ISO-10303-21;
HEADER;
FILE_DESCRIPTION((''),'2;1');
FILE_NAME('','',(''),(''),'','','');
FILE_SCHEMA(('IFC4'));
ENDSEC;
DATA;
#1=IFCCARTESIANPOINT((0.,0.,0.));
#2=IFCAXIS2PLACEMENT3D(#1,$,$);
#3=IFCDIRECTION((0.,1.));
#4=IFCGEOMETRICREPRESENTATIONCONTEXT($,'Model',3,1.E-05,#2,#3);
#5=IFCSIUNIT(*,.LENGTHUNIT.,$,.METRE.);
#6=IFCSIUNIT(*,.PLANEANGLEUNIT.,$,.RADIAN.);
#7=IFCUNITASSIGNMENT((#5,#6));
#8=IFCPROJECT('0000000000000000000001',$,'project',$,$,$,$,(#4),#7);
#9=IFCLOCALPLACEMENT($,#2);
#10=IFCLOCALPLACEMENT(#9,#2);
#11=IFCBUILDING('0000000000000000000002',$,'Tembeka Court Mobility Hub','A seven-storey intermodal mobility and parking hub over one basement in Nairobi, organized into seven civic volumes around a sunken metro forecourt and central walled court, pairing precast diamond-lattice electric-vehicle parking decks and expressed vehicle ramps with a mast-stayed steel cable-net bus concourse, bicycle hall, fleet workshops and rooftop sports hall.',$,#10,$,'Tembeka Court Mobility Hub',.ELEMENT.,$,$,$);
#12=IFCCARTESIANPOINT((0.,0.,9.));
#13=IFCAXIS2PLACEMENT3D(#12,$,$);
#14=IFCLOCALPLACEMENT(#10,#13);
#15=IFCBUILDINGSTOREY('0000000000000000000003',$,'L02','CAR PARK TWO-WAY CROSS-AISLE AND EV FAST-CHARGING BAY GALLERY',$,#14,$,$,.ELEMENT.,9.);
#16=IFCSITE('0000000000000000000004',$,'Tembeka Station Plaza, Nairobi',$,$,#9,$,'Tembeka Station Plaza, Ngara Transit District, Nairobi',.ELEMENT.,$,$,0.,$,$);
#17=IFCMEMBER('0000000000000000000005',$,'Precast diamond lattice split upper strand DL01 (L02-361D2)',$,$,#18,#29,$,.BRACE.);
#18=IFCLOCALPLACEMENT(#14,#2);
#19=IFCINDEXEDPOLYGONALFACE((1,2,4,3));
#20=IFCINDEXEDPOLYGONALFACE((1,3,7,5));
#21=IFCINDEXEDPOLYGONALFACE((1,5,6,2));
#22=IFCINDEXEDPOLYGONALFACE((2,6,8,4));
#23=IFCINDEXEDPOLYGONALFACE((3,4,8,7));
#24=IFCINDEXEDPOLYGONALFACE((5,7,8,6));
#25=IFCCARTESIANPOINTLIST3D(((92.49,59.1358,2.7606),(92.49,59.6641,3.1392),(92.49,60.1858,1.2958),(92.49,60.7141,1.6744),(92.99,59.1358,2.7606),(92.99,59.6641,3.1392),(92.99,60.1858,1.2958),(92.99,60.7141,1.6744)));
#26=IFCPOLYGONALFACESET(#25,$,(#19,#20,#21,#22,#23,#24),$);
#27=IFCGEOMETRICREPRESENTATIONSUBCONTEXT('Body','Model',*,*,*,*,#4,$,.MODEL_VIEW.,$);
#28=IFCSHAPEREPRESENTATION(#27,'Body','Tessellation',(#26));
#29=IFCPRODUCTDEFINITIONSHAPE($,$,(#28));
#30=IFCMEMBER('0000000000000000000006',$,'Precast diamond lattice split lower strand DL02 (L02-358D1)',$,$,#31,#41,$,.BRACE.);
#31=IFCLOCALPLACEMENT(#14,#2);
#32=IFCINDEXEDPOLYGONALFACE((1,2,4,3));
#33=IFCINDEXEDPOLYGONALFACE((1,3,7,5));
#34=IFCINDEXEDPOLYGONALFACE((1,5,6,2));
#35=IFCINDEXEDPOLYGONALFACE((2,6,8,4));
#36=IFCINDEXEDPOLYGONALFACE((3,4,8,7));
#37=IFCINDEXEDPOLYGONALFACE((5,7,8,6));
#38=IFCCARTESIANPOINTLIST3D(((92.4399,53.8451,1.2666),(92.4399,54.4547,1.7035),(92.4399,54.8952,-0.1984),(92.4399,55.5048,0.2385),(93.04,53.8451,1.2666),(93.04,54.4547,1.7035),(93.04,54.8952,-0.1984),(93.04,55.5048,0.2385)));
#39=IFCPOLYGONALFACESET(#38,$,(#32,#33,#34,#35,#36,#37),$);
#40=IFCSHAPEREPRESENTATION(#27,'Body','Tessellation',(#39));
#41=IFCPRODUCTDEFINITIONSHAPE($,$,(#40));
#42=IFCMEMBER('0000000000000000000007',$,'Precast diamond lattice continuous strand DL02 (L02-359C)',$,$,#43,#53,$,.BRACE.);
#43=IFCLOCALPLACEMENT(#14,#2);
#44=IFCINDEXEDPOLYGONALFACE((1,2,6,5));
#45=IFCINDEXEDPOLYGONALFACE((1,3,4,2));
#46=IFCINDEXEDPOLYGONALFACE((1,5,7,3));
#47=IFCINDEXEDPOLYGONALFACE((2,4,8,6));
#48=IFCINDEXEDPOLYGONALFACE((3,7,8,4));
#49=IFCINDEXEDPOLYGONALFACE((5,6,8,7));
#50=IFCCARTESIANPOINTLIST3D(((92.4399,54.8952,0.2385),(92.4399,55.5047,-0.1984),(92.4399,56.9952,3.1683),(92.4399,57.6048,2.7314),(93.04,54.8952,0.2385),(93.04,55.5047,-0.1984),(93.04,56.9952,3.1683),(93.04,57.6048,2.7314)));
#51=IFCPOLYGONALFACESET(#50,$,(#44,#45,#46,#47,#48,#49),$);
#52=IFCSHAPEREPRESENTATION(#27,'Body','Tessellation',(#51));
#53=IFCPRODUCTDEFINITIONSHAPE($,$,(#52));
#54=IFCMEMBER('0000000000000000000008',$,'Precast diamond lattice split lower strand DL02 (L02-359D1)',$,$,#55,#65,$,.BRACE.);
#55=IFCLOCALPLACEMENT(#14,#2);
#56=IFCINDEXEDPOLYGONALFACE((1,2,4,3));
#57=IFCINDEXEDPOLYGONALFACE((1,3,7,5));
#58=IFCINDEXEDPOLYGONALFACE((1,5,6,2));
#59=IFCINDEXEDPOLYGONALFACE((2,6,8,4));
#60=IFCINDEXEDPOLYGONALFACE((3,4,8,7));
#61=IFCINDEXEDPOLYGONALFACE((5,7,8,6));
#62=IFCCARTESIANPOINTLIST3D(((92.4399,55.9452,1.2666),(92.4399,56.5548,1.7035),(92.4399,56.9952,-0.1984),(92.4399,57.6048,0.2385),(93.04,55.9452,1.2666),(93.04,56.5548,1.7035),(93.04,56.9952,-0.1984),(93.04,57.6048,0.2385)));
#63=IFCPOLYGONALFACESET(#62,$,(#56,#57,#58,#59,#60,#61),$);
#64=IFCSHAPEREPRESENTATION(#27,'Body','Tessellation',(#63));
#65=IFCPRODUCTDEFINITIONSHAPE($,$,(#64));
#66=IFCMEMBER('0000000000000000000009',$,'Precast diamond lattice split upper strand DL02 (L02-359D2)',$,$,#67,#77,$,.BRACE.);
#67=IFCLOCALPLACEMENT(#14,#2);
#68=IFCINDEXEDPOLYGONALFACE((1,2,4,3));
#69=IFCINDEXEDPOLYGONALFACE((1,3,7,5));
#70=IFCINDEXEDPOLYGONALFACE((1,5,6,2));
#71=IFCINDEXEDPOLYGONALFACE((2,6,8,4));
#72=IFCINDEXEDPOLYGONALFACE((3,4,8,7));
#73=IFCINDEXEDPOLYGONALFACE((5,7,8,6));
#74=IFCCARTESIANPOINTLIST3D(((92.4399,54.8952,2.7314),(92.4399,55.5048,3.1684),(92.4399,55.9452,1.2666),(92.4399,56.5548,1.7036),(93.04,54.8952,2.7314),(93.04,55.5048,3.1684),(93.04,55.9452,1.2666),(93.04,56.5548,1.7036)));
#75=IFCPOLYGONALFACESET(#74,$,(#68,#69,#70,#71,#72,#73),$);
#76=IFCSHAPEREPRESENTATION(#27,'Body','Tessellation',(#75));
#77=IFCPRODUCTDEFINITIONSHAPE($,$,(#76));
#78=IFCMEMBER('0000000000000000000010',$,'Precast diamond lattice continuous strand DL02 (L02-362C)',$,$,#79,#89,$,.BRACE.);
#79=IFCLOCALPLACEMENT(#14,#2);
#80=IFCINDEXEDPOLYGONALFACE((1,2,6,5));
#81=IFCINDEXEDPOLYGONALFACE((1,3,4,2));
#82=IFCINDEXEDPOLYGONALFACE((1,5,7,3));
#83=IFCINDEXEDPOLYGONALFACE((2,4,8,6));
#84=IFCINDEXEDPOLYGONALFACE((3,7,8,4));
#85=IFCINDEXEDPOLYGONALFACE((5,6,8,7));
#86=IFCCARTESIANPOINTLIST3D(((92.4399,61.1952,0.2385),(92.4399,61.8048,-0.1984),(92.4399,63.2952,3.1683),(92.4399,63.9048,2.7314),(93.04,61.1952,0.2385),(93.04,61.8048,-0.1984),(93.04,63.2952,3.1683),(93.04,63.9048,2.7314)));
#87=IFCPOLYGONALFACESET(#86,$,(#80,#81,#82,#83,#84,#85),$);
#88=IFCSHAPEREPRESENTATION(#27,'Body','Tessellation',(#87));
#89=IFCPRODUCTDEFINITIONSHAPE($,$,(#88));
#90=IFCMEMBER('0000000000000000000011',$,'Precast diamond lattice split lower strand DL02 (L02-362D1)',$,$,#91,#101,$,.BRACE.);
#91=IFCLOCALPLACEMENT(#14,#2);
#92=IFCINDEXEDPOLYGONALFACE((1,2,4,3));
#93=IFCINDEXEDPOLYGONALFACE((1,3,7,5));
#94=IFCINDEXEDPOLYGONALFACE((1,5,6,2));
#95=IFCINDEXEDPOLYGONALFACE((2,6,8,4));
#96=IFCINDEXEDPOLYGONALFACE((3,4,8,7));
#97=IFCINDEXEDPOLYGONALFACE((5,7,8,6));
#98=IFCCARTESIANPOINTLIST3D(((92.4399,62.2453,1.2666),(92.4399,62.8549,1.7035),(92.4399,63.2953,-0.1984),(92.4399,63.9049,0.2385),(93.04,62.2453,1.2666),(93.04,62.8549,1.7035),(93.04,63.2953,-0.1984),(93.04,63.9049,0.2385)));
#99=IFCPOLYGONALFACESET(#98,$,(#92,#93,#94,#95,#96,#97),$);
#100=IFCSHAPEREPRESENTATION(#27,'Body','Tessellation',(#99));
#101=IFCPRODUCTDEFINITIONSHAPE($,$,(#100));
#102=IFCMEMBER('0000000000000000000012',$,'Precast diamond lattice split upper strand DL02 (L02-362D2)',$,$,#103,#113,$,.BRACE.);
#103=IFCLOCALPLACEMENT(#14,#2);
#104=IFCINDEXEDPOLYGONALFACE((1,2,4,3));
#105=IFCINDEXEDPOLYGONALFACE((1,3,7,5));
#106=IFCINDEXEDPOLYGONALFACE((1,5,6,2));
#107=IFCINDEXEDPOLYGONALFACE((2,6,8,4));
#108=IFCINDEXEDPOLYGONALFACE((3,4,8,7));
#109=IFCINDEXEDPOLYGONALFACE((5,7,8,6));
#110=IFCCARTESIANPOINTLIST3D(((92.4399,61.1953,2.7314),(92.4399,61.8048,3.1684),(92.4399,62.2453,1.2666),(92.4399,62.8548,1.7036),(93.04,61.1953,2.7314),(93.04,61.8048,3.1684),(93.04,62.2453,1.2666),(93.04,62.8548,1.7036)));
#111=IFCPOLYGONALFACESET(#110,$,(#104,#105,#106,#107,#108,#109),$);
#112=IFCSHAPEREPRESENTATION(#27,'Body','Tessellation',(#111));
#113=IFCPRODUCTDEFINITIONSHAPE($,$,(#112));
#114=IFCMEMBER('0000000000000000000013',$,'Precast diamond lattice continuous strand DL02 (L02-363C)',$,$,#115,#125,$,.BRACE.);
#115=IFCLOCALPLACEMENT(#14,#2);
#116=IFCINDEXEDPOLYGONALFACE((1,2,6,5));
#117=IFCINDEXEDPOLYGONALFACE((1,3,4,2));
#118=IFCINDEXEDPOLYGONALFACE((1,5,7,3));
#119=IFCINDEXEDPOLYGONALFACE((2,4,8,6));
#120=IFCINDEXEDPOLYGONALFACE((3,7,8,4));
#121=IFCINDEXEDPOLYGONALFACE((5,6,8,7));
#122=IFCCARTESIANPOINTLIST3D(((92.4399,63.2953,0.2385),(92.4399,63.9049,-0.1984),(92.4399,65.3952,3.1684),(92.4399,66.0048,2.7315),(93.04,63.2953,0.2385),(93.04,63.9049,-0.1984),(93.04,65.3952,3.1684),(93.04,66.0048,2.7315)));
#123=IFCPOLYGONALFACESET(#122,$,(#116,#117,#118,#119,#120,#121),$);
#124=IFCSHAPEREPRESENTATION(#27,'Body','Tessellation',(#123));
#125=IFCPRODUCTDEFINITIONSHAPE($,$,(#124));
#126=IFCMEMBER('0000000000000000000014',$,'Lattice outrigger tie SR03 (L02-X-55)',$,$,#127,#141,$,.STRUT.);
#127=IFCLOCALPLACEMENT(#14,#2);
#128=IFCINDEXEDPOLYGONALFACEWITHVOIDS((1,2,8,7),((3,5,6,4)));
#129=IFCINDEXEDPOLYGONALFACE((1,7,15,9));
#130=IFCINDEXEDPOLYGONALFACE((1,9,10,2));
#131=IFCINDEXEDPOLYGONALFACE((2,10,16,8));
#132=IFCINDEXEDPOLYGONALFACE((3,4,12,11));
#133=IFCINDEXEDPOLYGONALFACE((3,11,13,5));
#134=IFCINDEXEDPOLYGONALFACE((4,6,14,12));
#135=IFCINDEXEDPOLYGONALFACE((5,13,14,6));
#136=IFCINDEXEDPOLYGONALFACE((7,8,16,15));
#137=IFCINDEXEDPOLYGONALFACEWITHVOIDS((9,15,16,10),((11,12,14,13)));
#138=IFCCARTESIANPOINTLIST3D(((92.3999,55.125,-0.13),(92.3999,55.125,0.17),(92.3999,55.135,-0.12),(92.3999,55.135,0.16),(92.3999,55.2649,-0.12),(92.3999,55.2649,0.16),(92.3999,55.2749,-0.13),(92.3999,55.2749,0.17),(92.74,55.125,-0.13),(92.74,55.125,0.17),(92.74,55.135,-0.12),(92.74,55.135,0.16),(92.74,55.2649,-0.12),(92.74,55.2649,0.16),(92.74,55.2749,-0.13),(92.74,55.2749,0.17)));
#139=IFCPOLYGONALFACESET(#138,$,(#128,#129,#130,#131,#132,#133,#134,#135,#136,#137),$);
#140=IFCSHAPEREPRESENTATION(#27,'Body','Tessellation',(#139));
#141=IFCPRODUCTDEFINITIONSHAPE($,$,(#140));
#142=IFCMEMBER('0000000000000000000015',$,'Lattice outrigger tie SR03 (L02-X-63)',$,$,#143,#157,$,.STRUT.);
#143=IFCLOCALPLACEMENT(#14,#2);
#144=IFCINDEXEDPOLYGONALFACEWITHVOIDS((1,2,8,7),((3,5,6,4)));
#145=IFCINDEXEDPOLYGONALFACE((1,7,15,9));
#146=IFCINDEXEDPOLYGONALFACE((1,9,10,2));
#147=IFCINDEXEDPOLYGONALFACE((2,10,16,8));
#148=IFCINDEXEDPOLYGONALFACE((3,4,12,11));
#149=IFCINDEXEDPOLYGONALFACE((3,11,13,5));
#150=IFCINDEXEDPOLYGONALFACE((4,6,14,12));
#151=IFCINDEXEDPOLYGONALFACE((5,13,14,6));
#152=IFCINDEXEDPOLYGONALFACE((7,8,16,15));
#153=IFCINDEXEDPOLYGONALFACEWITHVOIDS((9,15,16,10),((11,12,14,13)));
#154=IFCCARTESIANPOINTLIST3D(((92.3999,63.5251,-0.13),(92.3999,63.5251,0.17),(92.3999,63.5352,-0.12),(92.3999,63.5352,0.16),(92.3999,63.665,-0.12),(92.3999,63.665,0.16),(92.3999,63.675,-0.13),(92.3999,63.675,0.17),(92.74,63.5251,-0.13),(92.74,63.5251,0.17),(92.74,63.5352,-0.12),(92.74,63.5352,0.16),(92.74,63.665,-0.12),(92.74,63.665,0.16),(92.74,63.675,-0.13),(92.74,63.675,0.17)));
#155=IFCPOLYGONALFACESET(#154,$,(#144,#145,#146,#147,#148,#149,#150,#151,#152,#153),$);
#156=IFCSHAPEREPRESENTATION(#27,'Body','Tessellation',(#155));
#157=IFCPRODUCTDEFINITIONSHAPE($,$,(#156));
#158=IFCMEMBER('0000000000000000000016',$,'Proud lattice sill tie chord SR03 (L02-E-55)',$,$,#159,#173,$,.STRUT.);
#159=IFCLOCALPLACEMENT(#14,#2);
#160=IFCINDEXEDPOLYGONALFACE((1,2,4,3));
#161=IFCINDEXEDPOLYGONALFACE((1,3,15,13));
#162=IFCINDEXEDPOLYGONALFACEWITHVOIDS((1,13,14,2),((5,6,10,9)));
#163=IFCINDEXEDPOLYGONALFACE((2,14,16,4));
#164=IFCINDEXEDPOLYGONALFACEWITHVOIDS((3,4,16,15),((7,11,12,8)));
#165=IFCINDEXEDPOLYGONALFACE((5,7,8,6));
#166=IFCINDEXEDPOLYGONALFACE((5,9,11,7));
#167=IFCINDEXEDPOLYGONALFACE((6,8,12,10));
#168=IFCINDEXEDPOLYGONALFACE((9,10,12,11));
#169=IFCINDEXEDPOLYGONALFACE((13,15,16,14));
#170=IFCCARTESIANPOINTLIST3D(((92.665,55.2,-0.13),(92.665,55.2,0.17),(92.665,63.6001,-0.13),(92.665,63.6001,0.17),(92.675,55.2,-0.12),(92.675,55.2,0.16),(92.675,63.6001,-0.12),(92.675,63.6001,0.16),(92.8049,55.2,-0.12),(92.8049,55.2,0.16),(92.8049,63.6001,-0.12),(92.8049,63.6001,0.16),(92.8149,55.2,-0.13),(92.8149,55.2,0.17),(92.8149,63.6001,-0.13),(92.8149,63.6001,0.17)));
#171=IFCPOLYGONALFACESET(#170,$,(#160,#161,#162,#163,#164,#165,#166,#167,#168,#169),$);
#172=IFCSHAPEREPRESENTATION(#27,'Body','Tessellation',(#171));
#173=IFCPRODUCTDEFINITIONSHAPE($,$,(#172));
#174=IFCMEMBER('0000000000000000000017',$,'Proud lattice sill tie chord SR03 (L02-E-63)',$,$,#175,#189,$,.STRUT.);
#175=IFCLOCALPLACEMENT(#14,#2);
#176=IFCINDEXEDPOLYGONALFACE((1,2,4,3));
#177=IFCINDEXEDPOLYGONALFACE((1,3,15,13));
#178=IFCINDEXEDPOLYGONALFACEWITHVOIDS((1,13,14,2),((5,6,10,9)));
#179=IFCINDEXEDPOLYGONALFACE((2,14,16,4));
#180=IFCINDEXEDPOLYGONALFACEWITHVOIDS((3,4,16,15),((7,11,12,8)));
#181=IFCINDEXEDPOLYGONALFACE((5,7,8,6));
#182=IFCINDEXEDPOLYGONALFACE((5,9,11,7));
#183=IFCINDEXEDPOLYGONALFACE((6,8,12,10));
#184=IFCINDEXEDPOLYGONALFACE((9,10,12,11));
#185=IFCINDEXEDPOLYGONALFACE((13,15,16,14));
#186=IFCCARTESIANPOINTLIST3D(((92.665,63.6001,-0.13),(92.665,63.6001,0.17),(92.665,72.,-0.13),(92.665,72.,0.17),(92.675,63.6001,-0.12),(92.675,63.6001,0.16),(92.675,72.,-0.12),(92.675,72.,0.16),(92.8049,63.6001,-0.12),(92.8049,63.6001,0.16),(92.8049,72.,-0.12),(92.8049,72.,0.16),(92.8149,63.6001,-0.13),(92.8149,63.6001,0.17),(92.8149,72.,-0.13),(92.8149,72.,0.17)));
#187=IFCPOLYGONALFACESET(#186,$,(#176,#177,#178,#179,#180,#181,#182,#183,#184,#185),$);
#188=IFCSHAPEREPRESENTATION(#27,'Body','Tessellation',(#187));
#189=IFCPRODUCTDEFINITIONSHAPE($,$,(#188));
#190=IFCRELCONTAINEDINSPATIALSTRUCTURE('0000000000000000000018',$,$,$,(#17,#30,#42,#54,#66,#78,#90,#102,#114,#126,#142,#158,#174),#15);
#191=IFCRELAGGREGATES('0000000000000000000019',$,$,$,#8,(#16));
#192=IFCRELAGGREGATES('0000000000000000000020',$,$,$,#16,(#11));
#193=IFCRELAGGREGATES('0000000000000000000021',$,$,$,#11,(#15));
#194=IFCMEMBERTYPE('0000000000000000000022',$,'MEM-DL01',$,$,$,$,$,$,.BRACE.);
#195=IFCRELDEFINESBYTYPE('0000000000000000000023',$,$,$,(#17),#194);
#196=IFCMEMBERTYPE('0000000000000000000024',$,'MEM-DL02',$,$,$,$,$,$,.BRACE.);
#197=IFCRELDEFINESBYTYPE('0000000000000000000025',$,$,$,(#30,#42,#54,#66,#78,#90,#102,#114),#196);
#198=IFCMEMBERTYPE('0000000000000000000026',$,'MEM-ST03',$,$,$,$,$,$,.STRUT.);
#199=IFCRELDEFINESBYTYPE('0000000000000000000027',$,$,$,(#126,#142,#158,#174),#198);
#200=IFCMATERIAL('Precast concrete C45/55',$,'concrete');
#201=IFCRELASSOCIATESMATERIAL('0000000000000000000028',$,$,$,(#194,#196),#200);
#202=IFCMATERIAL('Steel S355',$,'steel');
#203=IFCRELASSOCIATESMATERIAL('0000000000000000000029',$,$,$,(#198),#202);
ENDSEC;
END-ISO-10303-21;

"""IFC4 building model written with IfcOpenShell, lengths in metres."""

from ifc_helpers import new_model, si_unit, direction, frame, origin, origin_2d, place, context, subcontext, project, spatial, rectangle, hollow_rectangle, extrude, material, material_profile, profile_set, type_object, element, save


model = new_model("IFC4")

# Units and contexts
model_context = context("Model", 3, precision=1e-05, world=origin(), true_north=direction((0.0, 1.0)))
body_context = subcontext(model_context, "Body", "Model", "MODEL_VIEW")
ifc_project = project(units=[si_unit("LENGTHUNIT", "METRE"), si_unit("PLANEANGLEUNIT", "RADIAN")], contexts=[model_context])

# Site, building, storey
site_placement = place(None, origin())
site = spatial("IfcSite", under=ifc_project, at=site_placement, Name="Tembeka Station Plaza, Nairobi", LongName="Tembeka Station Plaza, Ngara Transit District, Nairobi", CompositionType="ELEMENT", RefElevation=0.0)
building_placement = place(site_placement, origin())
building = spatial("IfcBuilding", under=site, at=building_placement, Name="Tembeka Court Mobility Hub", Description="A seven-storey intermodal mobility and parking hub over one basement in Nairobi, organized into seven civic volumes around a sunken metro forecourt and central walled court, pairing precast diamond-lattice electric-vehicle parking decks and expressed vehicle ramps with a mast-stayed steel cable-net bus concourse, bicycle hall, fleet workshops and rooftop sports hall.", LongName="Tembeka Court Mobility Hub", CompositionType="ELEMENT")
storey_placement = place(building_placement, frame((0.0, 0.0, 9.0)))
storey = spatial("IfcBuildingStorey", under=building, at=storey_placement, Name="L02", Description="CAR PARK TWO-WAY CROSS-AISLE AND EV FAST-CHARGING BAY GALLERY", CompositionType="ELEMENT", Elevation=9.0)

# Shared definitions
ifc_material_1 = material(Name="Steel S355", Category="steel")

# Shared definitions
ifc_material_2 = material(Name="Precast concrete C45/55", Category="concrete")

# Members
ifc_material_profile_1 = material_profile(ifc_material_2, rectangle(XDim=0.5, YDim=0.6499, at=origin_2d()), Name="PC-DIAG 500x650")
ifc_profile_set_1 = profile_set([ifc_material_profile_1], Name="Precast concrete C45/55")
member_type_1 = type_object("IfcMemberType", Name="MEM-DL01", PredefinedType="BRACE", material=ifc_profile_set_1)
member_1_placement = place(storey_placement, frame((92.74, 60.45, 1.4851), z_axis=(0.0, -0.582608, 0.812753), x_axis=(1.0, 0.0, 0.0)))
element("IfcMember", 1, at=member_1_placement, inside=storey, type_object=member_type_1, Name="Precast diamond lattice split upper strand DL01 (L02-361D2)", PredefinedType="BRACE", context=body_context, shape_type="SweptSolid", body=[
    extrude(rectangle(XDim=0.5, YDim=0.6499, at=origin_2d()), origin(), (0.0, 0.0, 1.0), 1.8022),
])
ifc_material_profile_2 = material_profile(ifc_material_2, rectangle(XDim=0.6001, YDim=0.75, at=origin_2d()), Name="PC-DIAG 600x750")
ifc_profile_set_2 = profile_set([ifc_material_profile_2], Name="Precast concrete C45/55")
member_type_2 = type_object("IfcMemberType", Name="MEM-DL02", PredefinedType="BRACE", material=ifc_profile_set_2)
member_2_placement = place(storey_placement, frame((92.74, 55.2, 0.02), z_axis=(0.0, -0.582544, 0.812799), x_axis=(1.0, 0.0, 0.0)))
element("IfcMember", 2, at=member_2_placement, inside=storey, type_object=member_type_2, Name="Precast diamond lattice split lower strand DL02 (L02-358D1)", PredefinedType="BRACE", context=body_context, shape_type="SweptSolid", body=[
    extrude(rectangle(XDim=0.6001, YDim=0.75, at=origin_2d()), origin(), (0.0, 0.0, 1.0), 1.8025),
])
member_3_placement = place(storey_placement, frame((92.74, 55.2, 0.02), z_axis=(0.0, 0.582576, 0.812776), x_axis=(-1.0, 0.0, 0.0)))
element("IfcMember", 3, at=member_3_placement, inside=storey, type_object=member_type_2, Name="Precast diamond lattice continuous strand DL02 (L02-359C)", PredefinedType="BRACE", context=body_context, shape_type="SweptSolid", body=[
    extrude(rectangle(XDim=0.6001, YDim=0.75, at=origin_2d()), origin(), (0.0, 0.0, 1.0), 3.6047),
])
member_4_placement = place(storey_placement, frame((92.74, 57.3, 0.02), z_axis=(0.0, -0.582544, 0.812799), x_axis=(1.0, 0.0, 0.0)))
element("IfcMember", 4, at=member_4_placement, inside=storey, type_object=member_type_2, Name="Precast diamond lattice split lower strand DL02 (L02-359D1)", PredefinedType="BRACE", context=body_context, shape_type="SweptSolid", body=[
    extrude(rectangle(XDim=0.6001, YDim=0.75, at=origin_2d()), origin(), (0.0, 0.0, 1.0), 1.8025),
])
member_5_placement = place(storey_placement, frame((92.74, 56.25, 1.4851), z_axis=(0.0, -0.582608, 0.812753), x_axis=(1.0, 0.0, 0.0)))
element("IfcMember", 5, at=member_5_placement, inside=storey, type_object=member_type_2, Name="Precast diamond lattice split upper strand DL02 (L02-359D2)", PredefinedType="BRACE", context=body_context, shape_type="SweptSolid", body=[
    extrude(rectangle(XDim=0.6001, YDim=0.75, at=origin_2d()), origin(), (0.0, 0.0, 1.0), 1.8022),
])
member_6_placement = place(storey_placement, frame((92.74, 61.5, 0.02), z_axis=(0.0, 0.582576, 0.812776), x_axis=(-1.0, 0.0, 0.0)))
element("IfcMember", 6, at=member_6_placement, inside=storey, type_object=member_type_2, Name="Precast diamond lattice continuous strand DL02 (L02-362C)", PredefinedType="BRACE", context=body_context, shape_type="SweptSolid", body=[
    extrude(rectangle(XDim=0.6001, YDim=0.75, at=origin_2d()), origin(), (0.0, 0.0, 1.0), 3.6047),
])
member_7_placement = place(storey_placement, frame((92.74, 63.6001, 0.02), z_axis=(0.0, -0.582544, 0.812799), x_axis=(1.0, 0.0, 0.0)))
element("IfcMember", 7, at=member_7_placement, inside=storey, type_object=member_type_2, Name="Precast diamond lattice split lower strand DL02 (L02-362D1)", PredefinedType="BRACE", context=body_context, shape_type="SweptSolid", body=[
    extrude(rectangle(XDim=0.6001, YDim=0.75, at=origin_2d()), origin(), (0.0, 0.0, 1.0), 1.8025),
])
member_8_placement = place(storey_placement, frame((92.74, 62.55, 1.4851), z_axis=(0.0, -0.582608, 0.812753), x_axis=(1.0, 0.0, 0.0)))
element("IfcMember", 8, at=member_8_placement, inside=storey, type_object=member_type_2, Name="Precast diamond lattice split upper strand DL02 (L02-362D2)", PredefinedType="BRACE", context=body_context, shape_type="SweptSolid", body=[
    extrude(rectangle(XDim=0.6001, YDim=0.75, at=origin_2d()), origin(), (0.0, 0.0, 1.0), 1.8022),
])
member_9_placement = place(storey_placement, frame((92.74, 63.6001, 0.02), z_axis=(0.0, 0.582532, 0.812808), x_axis=(-1.0, 0.0, 0.0)))
element("IfcMember", 9, at=member_9_placement, inside=storey, type_object=member_type_2, Name="Precast diamond lattice continuous strand DL02 (L02-363C)", PredefinedType="BRACE", context=body_context, shape_type="SweptSolid", body=[
    extrude(rectangle(XDim=0.6001, YDim=0.75, at=origin_2d()), origin(), (0.0, 0.0, 1.0), 3.6047),
])
ifc_material_profile_3 = material_profile(ifc_material_1, hollow_rectangle(XDim=0.1499, YDim=0.3, WallThickness=0.01, at=origin_2d()), Name="RHS 300x150x10")
ifc_profile_set_3 = profile_set([ifc_material_profile_3], Name="Steel S355")
member_type_3 = type_object("IfcMemberType", Name="MEM-ST03", PredefinedType="STRUT", material=ifc_profile_set_3)
for number, where, z_axis, x_axis, name in (
    (10, (92.3999, 55.2, 0.02), (1.0, 0.0, 0.0), (0.0, 1.0, 0.0), "Lattice outrigger tie SR03 (L02-X-55)"),
    (11, (92.3999, 63.6001, 0.02), (1.0, 0.0, 0.0), (0.0, 1.0, 0.0), "Lattice outrigger tie SR03 (L02-X-63)"),
):
    element("IfcMember", number, at=place(storey_placement, frame(where, z_axis=z_axis, x_axis=x_axis)), inside=storey, type_object=member_type_3, Name=name, PredefinedType="STRUT", context=body_context, shape_type="SweptSolid", body=[
        extrude(hollow_rectangle(XDim=0.1499, YDim=0.3, WallThickness=0.01, at=origin_2d()), origin(), (0.0, 0.0, 1.0), 0.3401),
    ])
member_10_placement = place(storey_placement, frame((92.74, 55.2, 0.02), z_axis=(0.0, 1.0, 0.0), x_axis=(-1.0, 0.0, 0.0)))
element("IfcMember", 12, at=member_10_placement, inside=storey, type_object=member_type_3, Name="Proud lattice sill tie chord SR03 (L02-E-55)", PredefinedType="STRUT", context=body_context, shape_type="SweptSolid", body=[
    extrude(hollow_rectangle(XDim=0.1499, YDim=0.3, WallThickness=0.01, at=origin_2d()), origin(), (0.0, 0.0, 1.0), 8.4001),
])
member_11_placement = place(storey_placement, frame((92.74, 63.6001, 0.02), z_axis=(0.0, 1.0, 0.0), x_axis=(-1.0, 0.0, 0.0)))
element("IfcMember", 13, at=member_11_placement, inside=storey, type_object=member_type_3, Name="Proud lattice sill tie chord SR03 (L02-E-63)", PredefinedType="STRUT", context=body_context, shape_type="SweptSolid", body=[
    extrude(hollow_rectangle(XDim=0.1499, YDim=0.3, WallThickness=0.01, at=origin_2d()), origin(), (0.0, 0.0, 1.0), 8.3999),
])

save(model, "model.ifc")
